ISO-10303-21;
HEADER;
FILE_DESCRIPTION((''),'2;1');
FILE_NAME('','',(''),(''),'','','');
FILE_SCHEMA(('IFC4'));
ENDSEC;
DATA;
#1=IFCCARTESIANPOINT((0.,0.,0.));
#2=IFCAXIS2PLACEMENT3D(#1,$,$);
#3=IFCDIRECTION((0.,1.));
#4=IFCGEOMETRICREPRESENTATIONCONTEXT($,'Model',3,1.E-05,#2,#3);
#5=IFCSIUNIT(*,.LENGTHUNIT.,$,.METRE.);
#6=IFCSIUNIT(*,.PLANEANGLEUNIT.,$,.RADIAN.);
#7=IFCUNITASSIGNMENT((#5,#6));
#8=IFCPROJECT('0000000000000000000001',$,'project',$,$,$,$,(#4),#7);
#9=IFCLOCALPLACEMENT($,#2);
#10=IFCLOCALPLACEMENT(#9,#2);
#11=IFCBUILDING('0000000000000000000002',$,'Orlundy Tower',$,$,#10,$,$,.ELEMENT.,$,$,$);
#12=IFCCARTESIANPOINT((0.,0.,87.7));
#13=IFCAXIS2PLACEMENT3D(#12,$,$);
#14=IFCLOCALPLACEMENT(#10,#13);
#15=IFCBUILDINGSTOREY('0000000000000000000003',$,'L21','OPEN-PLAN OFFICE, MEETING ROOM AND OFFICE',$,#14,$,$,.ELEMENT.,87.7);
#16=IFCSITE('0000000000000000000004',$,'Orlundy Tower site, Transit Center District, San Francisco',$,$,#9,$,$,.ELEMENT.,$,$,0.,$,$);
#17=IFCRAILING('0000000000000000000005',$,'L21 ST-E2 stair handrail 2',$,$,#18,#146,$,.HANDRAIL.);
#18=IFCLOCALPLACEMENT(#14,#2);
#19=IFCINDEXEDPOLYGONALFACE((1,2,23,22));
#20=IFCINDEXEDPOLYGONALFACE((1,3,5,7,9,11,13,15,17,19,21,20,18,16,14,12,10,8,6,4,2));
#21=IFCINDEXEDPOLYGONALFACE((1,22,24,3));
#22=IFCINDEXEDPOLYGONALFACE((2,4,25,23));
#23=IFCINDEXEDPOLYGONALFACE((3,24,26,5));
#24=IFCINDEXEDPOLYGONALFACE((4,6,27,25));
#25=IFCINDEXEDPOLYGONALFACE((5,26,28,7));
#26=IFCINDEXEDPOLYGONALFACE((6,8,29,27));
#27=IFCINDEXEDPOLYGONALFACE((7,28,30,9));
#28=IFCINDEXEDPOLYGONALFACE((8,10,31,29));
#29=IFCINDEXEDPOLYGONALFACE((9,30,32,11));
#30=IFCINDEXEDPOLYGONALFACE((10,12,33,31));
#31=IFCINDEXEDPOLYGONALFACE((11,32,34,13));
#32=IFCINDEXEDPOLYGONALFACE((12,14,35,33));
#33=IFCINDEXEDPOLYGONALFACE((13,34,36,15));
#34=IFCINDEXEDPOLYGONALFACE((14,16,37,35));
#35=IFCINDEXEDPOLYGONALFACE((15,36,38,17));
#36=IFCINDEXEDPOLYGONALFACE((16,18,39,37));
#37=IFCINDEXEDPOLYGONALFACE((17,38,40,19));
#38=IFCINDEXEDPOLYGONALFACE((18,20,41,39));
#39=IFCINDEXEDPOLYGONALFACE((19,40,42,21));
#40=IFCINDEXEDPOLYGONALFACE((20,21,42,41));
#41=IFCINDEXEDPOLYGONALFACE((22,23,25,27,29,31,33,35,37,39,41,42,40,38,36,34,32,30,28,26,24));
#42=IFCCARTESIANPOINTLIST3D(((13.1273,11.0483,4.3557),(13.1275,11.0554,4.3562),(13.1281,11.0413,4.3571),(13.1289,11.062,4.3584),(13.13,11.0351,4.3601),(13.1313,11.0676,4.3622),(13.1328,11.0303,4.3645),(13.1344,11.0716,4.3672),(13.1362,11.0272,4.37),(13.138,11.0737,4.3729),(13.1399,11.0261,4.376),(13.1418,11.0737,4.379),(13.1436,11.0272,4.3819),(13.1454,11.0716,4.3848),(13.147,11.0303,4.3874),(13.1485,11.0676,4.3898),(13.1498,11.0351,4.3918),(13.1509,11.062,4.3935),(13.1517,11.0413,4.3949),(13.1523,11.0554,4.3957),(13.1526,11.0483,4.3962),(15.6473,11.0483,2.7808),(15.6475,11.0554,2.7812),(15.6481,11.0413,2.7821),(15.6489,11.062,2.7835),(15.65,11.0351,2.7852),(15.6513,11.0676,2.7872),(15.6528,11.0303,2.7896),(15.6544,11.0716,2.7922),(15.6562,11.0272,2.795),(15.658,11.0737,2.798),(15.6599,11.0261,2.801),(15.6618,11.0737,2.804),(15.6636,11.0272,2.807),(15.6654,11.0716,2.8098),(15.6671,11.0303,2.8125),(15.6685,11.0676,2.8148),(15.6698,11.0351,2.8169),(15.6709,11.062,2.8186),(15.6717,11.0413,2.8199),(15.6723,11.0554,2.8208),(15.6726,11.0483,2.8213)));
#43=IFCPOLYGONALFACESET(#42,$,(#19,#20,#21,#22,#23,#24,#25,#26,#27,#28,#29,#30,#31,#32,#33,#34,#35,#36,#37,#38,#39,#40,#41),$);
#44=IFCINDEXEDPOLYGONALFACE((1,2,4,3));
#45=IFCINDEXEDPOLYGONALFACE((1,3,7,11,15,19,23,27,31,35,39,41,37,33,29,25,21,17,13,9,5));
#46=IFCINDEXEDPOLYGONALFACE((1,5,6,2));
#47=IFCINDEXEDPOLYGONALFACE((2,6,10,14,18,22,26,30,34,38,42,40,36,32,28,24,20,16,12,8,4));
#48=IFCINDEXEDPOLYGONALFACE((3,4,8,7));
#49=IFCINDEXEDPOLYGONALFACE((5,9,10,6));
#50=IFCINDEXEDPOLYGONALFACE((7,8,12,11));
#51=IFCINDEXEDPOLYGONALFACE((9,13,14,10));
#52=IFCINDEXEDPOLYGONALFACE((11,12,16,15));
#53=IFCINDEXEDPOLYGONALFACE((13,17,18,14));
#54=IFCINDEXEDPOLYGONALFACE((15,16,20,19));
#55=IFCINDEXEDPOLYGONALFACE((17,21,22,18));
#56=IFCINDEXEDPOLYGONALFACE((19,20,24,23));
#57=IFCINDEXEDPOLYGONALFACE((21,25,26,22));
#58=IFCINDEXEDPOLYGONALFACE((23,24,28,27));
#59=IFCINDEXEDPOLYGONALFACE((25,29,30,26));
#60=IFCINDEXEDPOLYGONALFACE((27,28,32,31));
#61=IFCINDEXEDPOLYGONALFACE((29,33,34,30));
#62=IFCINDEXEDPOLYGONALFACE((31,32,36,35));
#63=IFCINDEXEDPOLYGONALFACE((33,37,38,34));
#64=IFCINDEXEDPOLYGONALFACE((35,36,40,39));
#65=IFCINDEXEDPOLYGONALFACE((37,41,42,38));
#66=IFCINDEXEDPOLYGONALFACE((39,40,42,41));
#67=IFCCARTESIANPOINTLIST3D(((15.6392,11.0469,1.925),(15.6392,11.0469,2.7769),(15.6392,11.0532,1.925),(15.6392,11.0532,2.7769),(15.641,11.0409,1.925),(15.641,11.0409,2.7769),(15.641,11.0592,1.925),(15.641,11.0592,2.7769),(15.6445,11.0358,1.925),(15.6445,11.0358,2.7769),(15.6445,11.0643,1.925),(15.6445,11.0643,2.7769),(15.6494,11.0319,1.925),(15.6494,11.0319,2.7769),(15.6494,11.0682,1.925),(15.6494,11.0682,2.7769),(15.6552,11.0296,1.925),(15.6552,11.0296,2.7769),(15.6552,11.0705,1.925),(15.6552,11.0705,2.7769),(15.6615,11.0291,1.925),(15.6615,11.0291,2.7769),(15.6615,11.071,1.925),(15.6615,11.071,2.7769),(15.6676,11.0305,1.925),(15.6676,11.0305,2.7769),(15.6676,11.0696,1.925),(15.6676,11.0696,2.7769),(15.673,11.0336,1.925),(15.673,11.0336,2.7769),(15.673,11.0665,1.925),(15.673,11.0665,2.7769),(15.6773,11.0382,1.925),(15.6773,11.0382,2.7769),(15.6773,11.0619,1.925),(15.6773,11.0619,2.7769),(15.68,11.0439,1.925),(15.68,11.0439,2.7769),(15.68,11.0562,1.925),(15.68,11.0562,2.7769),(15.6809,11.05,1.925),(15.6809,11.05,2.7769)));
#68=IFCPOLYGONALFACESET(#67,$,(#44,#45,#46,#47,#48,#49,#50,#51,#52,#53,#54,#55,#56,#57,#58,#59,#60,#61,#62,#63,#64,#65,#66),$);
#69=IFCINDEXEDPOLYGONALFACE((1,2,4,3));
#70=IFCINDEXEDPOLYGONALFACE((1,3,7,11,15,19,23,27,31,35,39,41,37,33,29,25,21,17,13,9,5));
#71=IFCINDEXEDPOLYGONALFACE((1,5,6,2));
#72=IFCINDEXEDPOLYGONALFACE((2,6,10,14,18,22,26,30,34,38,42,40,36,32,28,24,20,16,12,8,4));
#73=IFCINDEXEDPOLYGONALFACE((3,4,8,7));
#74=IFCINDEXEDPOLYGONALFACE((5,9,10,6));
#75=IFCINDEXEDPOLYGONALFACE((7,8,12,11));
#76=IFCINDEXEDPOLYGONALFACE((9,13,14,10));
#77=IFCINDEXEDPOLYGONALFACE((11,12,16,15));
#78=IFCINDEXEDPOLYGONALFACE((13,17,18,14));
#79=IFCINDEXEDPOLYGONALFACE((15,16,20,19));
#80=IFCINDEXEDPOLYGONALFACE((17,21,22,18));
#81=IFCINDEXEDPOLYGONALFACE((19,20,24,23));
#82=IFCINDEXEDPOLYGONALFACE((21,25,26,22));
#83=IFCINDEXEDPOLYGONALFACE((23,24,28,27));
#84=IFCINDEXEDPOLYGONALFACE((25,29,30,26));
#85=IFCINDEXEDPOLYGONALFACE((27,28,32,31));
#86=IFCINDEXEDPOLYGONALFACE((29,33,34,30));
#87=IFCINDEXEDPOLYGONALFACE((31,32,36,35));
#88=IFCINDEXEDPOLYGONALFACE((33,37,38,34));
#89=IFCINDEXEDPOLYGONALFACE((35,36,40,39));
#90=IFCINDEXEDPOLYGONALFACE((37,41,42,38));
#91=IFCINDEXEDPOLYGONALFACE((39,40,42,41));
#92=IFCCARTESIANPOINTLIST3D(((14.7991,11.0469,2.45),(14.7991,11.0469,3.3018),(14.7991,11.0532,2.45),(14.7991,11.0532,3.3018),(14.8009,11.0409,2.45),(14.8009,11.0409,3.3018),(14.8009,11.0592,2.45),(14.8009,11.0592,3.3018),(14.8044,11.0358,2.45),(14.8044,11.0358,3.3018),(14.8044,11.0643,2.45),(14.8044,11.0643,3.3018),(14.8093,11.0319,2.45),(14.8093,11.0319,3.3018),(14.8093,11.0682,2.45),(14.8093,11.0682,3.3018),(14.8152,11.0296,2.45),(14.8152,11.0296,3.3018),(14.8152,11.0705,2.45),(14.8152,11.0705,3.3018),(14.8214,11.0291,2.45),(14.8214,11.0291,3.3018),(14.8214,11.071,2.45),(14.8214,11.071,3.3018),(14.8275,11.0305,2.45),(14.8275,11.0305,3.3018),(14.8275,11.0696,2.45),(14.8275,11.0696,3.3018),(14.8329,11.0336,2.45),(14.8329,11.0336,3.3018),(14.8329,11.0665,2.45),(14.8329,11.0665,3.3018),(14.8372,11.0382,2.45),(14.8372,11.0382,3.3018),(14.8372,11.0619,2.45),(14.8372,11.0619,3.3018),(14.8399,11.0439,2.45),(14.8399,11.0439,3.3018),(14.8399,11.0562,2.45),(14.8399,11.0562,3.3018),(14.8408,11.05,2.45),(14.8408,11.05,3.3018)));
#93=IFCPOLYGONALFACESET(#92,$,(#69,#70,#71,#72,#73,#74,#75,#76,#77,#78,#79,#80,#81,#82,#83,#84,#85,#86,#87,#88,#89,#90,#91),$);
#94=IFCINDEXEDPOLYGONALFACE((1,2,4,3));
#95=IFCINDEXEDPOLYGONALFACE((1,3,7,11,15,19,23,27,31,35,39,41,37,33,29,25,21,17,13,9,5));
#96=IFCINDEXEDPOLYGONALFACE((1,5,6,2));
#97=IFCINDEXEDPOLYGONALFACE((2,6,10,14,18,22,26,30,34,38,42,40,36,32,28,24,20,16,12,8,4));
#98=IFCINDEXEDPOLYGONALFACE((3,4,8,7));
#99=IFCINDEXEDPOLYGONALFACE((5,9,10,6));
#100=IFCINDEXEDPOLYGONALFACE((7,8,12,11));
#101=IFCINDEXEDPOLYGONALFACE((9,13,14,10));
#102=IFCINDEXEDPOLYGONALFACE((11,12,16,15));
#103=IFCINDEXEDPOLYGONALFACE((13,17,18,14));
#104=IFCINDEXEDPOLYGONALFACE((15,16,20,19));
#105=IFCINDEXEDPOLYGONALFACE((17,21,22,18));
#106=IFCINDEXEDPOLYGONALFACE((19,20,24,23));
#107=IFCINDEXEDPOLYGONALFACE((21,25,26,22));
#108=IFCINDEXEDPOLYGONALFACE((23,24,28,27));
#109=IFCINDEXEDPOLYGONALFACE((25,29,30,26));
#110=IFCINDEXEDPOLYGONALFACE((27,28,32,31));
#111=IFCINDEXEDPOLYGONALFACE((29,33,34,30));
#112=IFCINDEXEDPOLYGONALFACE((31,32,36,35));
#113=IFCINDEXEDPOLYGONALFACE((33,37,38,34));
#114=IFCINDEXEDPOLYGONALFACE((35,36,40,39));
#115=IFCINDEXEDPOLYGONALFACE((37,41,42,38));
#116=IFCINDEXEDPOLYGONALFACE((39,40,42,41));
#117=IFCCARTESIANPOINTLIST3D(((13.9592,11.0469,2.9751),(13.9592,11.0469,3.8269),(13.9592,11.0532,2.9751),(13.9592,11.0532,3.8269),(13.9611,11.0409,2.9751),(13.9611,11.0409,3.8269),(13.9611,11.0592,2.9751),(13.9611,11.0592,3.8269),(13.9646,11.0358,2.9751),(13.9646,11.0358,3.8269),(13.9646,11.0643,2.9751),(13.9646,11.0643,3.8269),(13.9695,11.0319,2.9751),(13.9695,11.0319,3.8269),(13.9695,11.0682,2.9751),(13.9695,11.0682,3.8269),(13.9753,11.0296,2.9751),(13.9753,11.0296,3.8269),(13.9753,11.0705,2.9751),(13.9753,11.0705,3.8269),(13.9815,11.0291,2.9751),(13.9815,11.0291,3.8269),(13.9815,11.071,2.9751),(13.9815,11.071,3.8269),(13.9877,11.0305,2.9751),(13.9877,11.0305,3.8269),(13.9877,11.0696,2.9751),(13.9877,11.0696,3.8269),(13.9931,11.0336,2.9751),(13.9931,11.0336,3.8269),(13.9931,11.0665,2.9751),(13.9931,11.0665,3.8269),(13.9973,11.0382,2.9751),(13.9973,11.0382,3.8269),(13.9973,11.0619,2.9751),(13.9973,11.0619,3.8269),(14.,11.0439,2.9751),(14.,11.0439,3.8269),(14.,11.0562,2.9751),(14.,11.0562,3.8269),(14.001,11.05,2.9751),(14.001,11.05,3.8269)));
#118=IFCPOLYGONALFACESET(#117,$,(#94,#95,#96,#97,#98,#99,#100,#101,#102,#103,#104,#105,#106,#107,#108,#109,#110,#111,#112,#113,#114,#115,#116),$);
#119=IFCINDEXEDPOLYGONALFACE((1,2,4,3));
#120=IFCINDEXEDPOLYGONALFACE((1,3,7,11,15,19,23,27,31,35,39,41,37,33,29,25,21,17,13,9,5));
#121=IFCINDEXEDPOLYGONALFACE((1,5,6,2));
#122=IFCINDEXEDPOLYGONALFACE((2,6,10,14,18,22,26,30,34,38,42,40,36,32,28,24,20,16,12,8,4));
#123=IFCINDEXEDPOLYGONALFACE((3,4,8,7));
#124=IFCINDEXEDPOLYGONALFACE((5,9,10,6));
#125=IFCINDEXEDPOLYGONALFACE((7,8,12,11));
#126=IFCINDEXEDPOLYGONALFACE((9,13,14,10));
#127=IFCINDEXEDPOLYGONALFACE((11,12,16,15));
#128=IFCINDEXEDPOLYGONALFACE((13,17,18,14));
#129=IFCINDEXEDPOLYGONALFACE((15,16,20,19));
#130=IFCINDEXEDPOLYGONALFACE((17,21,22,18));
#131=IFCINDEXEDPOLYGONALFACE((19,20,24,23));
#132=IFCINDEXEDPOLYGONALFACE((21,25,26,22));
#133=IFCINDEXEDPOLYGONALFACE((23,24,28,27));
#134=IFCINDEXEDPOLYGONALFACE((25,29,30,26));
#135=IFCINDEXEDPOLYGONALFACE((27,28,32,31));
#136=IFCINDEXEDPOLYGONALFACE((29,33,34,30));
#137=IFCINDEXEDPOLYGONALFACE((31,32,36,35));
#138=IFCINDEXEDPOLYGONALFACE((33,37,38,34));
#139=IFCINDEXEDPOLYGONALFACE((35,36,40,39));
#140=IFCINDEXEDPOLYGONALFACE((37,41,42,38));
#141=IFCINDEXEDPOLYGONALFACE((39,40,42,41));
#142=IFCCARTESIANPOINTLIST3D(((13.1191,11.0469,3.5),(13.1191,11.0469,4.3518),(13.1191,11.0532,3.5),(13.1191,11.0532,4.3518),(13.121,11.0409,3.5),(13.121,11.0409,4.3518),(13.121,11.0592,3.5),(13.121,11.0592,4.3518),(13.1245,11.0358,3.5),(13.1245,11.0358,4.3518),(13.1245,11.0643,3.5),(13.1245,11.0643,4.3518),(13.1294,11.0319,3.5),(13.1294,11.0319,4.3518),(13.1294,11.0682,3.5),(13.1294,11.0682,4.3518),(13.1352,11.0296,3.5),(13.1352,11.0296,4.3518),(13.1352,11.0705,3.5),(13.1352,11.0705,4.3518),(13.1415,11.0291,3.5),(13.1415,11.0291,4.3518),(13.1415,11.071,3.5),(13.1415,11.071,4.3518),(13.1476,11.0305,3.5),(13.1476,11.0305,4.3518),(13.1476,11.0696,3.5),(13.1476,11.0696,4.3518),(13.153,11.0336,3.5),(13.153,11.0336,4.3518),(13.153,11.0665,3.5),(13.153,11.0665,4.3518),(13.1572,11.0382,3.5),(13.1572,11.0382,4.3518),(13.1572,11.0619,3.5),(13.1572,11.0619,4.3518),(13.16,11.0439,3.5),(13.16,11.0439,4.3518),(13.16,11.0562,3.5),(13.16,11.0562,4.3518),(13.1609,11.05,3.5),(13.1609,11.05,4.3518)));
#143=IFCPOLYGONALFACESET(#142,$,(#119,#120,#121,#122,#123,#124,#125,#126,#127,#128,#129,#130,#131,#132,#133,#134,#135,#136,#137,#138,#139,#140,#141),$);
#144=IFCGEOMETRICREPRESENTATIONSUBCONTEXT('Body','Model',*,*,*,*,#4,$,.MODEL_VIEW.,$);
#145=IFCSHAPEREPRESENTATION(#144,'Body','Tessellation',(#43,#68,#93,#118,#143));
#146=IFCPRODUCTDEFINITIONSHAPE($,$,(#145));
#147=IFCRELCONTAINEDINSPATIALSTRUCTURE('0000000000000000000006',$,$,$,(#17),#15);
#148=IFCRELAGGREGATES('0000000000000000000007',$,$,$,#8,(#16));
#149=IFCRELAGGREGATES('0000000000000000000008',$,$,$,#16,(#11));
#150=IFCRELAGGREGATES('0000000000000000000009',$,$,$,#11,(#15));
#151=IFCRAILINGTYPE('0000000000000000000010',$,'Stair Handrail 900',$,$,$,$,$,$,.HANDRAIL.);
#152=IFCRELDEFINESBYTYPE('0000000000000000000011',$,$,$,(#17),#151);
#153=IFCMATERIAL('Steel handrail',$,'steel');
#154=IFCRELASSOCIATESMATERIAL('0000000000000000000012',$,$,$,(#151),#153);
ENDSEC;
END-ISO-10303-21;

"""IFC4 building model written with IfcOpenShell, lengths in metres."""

from ifc_helpers import new_model, si_unit, direction, frame, origin, origin_2d, place, context, subcontext, project, spatial, circle, extrude, material, type_object, element, save


model = new_model("IFC4")

# Units and contexts
model_context = context("Model", 3, precision=1e-05, world=origin(), true_north=direction((0.0, 1.0)))
body_context = subcontext(model_context, "Body", "Model", "MODEL_VIEW")
ifc_project = project(units=[si_unit("LENGTHUNIT", "METRE"), si_unit("PLANEANGLEUNIT", "RADIAN")], contexts=[model_context])

# Site, building, storey
site_placement = place(None, origin())
site = spatial("IfcSite", under=ifc_project, at=site_placement, Name="Orlundy Tower site, Transit Center District, San Francisco", CompositionType="ELEMENT", RefElevation=0.0)
building_placement = place(site_placement, origin())
building = spatial("IfcBuilding", under=site, at=building_placement, Name="Orlundy Tower", CompositionType="ELEMENT")
storey_placement = place(building_placement, frame((0.0, 0.0, 87.7)))
storey = spatial("IfcBuildingStorey", under=building, at=storey_placement, Name="L21", Description="OPEN-PLAN OFFICE, MEETING ROOM AND OFFICE", CompositionType="ELEMENT", Elevation=87.7)

# Railing
ifc_material_1 = material(Name="Steel handrail", Category="steel")
railing_type_1 = type_object("IfcRailingType", Name="Stair Handrail 900", PredefinedType="HANDRAIL", material=ifc_material_1)
railing_1_placement = place(storey_placement, frame((15.6599, 11.05, 1.925)))
element("IfcRailing", 1, at=railing_1_placement, inside=storey, type_object=railing_type_1, Name="L21 ST-E2 stair handrail 2", PredefinedType="HANDRAIL", context=body_context, shape_type="SweptSolid", body=[
    extrude(circle(Radius=0.0239, at=origin_2d()), frame((0.0, 0.0, 0.876), z_axis=(-0.848008, 0.0, 0.529984), x_axis=(0.0, -1.0, 0.0)), (0.0, 0.0, 1.0), 2.9717),
    extrude(circle(Radius=0.021, at=origin_2d()), origin(), (0.0, 0.0, 1.0), 0.8518),
    extrude(circle(Radius=0.021, at=origin_2d()), frame((-0.8401, 0.0, 0.5249)), (0.0, 0.0, 1.0), 0.8518),
    extrude(circle(Radius=0.021, at=origin_2d()), frame((-1.6799, 0.0, 1.05)), (0.0, 0.0, 1.0), 0.8518),
    extrude(circle(Radius=0.021, at=origin_2d()), frame((-2.52, 0.0, 1.575)), (0.0, 0.0, 1.0), 0.8518),
])

save(model, "model.ifc")
